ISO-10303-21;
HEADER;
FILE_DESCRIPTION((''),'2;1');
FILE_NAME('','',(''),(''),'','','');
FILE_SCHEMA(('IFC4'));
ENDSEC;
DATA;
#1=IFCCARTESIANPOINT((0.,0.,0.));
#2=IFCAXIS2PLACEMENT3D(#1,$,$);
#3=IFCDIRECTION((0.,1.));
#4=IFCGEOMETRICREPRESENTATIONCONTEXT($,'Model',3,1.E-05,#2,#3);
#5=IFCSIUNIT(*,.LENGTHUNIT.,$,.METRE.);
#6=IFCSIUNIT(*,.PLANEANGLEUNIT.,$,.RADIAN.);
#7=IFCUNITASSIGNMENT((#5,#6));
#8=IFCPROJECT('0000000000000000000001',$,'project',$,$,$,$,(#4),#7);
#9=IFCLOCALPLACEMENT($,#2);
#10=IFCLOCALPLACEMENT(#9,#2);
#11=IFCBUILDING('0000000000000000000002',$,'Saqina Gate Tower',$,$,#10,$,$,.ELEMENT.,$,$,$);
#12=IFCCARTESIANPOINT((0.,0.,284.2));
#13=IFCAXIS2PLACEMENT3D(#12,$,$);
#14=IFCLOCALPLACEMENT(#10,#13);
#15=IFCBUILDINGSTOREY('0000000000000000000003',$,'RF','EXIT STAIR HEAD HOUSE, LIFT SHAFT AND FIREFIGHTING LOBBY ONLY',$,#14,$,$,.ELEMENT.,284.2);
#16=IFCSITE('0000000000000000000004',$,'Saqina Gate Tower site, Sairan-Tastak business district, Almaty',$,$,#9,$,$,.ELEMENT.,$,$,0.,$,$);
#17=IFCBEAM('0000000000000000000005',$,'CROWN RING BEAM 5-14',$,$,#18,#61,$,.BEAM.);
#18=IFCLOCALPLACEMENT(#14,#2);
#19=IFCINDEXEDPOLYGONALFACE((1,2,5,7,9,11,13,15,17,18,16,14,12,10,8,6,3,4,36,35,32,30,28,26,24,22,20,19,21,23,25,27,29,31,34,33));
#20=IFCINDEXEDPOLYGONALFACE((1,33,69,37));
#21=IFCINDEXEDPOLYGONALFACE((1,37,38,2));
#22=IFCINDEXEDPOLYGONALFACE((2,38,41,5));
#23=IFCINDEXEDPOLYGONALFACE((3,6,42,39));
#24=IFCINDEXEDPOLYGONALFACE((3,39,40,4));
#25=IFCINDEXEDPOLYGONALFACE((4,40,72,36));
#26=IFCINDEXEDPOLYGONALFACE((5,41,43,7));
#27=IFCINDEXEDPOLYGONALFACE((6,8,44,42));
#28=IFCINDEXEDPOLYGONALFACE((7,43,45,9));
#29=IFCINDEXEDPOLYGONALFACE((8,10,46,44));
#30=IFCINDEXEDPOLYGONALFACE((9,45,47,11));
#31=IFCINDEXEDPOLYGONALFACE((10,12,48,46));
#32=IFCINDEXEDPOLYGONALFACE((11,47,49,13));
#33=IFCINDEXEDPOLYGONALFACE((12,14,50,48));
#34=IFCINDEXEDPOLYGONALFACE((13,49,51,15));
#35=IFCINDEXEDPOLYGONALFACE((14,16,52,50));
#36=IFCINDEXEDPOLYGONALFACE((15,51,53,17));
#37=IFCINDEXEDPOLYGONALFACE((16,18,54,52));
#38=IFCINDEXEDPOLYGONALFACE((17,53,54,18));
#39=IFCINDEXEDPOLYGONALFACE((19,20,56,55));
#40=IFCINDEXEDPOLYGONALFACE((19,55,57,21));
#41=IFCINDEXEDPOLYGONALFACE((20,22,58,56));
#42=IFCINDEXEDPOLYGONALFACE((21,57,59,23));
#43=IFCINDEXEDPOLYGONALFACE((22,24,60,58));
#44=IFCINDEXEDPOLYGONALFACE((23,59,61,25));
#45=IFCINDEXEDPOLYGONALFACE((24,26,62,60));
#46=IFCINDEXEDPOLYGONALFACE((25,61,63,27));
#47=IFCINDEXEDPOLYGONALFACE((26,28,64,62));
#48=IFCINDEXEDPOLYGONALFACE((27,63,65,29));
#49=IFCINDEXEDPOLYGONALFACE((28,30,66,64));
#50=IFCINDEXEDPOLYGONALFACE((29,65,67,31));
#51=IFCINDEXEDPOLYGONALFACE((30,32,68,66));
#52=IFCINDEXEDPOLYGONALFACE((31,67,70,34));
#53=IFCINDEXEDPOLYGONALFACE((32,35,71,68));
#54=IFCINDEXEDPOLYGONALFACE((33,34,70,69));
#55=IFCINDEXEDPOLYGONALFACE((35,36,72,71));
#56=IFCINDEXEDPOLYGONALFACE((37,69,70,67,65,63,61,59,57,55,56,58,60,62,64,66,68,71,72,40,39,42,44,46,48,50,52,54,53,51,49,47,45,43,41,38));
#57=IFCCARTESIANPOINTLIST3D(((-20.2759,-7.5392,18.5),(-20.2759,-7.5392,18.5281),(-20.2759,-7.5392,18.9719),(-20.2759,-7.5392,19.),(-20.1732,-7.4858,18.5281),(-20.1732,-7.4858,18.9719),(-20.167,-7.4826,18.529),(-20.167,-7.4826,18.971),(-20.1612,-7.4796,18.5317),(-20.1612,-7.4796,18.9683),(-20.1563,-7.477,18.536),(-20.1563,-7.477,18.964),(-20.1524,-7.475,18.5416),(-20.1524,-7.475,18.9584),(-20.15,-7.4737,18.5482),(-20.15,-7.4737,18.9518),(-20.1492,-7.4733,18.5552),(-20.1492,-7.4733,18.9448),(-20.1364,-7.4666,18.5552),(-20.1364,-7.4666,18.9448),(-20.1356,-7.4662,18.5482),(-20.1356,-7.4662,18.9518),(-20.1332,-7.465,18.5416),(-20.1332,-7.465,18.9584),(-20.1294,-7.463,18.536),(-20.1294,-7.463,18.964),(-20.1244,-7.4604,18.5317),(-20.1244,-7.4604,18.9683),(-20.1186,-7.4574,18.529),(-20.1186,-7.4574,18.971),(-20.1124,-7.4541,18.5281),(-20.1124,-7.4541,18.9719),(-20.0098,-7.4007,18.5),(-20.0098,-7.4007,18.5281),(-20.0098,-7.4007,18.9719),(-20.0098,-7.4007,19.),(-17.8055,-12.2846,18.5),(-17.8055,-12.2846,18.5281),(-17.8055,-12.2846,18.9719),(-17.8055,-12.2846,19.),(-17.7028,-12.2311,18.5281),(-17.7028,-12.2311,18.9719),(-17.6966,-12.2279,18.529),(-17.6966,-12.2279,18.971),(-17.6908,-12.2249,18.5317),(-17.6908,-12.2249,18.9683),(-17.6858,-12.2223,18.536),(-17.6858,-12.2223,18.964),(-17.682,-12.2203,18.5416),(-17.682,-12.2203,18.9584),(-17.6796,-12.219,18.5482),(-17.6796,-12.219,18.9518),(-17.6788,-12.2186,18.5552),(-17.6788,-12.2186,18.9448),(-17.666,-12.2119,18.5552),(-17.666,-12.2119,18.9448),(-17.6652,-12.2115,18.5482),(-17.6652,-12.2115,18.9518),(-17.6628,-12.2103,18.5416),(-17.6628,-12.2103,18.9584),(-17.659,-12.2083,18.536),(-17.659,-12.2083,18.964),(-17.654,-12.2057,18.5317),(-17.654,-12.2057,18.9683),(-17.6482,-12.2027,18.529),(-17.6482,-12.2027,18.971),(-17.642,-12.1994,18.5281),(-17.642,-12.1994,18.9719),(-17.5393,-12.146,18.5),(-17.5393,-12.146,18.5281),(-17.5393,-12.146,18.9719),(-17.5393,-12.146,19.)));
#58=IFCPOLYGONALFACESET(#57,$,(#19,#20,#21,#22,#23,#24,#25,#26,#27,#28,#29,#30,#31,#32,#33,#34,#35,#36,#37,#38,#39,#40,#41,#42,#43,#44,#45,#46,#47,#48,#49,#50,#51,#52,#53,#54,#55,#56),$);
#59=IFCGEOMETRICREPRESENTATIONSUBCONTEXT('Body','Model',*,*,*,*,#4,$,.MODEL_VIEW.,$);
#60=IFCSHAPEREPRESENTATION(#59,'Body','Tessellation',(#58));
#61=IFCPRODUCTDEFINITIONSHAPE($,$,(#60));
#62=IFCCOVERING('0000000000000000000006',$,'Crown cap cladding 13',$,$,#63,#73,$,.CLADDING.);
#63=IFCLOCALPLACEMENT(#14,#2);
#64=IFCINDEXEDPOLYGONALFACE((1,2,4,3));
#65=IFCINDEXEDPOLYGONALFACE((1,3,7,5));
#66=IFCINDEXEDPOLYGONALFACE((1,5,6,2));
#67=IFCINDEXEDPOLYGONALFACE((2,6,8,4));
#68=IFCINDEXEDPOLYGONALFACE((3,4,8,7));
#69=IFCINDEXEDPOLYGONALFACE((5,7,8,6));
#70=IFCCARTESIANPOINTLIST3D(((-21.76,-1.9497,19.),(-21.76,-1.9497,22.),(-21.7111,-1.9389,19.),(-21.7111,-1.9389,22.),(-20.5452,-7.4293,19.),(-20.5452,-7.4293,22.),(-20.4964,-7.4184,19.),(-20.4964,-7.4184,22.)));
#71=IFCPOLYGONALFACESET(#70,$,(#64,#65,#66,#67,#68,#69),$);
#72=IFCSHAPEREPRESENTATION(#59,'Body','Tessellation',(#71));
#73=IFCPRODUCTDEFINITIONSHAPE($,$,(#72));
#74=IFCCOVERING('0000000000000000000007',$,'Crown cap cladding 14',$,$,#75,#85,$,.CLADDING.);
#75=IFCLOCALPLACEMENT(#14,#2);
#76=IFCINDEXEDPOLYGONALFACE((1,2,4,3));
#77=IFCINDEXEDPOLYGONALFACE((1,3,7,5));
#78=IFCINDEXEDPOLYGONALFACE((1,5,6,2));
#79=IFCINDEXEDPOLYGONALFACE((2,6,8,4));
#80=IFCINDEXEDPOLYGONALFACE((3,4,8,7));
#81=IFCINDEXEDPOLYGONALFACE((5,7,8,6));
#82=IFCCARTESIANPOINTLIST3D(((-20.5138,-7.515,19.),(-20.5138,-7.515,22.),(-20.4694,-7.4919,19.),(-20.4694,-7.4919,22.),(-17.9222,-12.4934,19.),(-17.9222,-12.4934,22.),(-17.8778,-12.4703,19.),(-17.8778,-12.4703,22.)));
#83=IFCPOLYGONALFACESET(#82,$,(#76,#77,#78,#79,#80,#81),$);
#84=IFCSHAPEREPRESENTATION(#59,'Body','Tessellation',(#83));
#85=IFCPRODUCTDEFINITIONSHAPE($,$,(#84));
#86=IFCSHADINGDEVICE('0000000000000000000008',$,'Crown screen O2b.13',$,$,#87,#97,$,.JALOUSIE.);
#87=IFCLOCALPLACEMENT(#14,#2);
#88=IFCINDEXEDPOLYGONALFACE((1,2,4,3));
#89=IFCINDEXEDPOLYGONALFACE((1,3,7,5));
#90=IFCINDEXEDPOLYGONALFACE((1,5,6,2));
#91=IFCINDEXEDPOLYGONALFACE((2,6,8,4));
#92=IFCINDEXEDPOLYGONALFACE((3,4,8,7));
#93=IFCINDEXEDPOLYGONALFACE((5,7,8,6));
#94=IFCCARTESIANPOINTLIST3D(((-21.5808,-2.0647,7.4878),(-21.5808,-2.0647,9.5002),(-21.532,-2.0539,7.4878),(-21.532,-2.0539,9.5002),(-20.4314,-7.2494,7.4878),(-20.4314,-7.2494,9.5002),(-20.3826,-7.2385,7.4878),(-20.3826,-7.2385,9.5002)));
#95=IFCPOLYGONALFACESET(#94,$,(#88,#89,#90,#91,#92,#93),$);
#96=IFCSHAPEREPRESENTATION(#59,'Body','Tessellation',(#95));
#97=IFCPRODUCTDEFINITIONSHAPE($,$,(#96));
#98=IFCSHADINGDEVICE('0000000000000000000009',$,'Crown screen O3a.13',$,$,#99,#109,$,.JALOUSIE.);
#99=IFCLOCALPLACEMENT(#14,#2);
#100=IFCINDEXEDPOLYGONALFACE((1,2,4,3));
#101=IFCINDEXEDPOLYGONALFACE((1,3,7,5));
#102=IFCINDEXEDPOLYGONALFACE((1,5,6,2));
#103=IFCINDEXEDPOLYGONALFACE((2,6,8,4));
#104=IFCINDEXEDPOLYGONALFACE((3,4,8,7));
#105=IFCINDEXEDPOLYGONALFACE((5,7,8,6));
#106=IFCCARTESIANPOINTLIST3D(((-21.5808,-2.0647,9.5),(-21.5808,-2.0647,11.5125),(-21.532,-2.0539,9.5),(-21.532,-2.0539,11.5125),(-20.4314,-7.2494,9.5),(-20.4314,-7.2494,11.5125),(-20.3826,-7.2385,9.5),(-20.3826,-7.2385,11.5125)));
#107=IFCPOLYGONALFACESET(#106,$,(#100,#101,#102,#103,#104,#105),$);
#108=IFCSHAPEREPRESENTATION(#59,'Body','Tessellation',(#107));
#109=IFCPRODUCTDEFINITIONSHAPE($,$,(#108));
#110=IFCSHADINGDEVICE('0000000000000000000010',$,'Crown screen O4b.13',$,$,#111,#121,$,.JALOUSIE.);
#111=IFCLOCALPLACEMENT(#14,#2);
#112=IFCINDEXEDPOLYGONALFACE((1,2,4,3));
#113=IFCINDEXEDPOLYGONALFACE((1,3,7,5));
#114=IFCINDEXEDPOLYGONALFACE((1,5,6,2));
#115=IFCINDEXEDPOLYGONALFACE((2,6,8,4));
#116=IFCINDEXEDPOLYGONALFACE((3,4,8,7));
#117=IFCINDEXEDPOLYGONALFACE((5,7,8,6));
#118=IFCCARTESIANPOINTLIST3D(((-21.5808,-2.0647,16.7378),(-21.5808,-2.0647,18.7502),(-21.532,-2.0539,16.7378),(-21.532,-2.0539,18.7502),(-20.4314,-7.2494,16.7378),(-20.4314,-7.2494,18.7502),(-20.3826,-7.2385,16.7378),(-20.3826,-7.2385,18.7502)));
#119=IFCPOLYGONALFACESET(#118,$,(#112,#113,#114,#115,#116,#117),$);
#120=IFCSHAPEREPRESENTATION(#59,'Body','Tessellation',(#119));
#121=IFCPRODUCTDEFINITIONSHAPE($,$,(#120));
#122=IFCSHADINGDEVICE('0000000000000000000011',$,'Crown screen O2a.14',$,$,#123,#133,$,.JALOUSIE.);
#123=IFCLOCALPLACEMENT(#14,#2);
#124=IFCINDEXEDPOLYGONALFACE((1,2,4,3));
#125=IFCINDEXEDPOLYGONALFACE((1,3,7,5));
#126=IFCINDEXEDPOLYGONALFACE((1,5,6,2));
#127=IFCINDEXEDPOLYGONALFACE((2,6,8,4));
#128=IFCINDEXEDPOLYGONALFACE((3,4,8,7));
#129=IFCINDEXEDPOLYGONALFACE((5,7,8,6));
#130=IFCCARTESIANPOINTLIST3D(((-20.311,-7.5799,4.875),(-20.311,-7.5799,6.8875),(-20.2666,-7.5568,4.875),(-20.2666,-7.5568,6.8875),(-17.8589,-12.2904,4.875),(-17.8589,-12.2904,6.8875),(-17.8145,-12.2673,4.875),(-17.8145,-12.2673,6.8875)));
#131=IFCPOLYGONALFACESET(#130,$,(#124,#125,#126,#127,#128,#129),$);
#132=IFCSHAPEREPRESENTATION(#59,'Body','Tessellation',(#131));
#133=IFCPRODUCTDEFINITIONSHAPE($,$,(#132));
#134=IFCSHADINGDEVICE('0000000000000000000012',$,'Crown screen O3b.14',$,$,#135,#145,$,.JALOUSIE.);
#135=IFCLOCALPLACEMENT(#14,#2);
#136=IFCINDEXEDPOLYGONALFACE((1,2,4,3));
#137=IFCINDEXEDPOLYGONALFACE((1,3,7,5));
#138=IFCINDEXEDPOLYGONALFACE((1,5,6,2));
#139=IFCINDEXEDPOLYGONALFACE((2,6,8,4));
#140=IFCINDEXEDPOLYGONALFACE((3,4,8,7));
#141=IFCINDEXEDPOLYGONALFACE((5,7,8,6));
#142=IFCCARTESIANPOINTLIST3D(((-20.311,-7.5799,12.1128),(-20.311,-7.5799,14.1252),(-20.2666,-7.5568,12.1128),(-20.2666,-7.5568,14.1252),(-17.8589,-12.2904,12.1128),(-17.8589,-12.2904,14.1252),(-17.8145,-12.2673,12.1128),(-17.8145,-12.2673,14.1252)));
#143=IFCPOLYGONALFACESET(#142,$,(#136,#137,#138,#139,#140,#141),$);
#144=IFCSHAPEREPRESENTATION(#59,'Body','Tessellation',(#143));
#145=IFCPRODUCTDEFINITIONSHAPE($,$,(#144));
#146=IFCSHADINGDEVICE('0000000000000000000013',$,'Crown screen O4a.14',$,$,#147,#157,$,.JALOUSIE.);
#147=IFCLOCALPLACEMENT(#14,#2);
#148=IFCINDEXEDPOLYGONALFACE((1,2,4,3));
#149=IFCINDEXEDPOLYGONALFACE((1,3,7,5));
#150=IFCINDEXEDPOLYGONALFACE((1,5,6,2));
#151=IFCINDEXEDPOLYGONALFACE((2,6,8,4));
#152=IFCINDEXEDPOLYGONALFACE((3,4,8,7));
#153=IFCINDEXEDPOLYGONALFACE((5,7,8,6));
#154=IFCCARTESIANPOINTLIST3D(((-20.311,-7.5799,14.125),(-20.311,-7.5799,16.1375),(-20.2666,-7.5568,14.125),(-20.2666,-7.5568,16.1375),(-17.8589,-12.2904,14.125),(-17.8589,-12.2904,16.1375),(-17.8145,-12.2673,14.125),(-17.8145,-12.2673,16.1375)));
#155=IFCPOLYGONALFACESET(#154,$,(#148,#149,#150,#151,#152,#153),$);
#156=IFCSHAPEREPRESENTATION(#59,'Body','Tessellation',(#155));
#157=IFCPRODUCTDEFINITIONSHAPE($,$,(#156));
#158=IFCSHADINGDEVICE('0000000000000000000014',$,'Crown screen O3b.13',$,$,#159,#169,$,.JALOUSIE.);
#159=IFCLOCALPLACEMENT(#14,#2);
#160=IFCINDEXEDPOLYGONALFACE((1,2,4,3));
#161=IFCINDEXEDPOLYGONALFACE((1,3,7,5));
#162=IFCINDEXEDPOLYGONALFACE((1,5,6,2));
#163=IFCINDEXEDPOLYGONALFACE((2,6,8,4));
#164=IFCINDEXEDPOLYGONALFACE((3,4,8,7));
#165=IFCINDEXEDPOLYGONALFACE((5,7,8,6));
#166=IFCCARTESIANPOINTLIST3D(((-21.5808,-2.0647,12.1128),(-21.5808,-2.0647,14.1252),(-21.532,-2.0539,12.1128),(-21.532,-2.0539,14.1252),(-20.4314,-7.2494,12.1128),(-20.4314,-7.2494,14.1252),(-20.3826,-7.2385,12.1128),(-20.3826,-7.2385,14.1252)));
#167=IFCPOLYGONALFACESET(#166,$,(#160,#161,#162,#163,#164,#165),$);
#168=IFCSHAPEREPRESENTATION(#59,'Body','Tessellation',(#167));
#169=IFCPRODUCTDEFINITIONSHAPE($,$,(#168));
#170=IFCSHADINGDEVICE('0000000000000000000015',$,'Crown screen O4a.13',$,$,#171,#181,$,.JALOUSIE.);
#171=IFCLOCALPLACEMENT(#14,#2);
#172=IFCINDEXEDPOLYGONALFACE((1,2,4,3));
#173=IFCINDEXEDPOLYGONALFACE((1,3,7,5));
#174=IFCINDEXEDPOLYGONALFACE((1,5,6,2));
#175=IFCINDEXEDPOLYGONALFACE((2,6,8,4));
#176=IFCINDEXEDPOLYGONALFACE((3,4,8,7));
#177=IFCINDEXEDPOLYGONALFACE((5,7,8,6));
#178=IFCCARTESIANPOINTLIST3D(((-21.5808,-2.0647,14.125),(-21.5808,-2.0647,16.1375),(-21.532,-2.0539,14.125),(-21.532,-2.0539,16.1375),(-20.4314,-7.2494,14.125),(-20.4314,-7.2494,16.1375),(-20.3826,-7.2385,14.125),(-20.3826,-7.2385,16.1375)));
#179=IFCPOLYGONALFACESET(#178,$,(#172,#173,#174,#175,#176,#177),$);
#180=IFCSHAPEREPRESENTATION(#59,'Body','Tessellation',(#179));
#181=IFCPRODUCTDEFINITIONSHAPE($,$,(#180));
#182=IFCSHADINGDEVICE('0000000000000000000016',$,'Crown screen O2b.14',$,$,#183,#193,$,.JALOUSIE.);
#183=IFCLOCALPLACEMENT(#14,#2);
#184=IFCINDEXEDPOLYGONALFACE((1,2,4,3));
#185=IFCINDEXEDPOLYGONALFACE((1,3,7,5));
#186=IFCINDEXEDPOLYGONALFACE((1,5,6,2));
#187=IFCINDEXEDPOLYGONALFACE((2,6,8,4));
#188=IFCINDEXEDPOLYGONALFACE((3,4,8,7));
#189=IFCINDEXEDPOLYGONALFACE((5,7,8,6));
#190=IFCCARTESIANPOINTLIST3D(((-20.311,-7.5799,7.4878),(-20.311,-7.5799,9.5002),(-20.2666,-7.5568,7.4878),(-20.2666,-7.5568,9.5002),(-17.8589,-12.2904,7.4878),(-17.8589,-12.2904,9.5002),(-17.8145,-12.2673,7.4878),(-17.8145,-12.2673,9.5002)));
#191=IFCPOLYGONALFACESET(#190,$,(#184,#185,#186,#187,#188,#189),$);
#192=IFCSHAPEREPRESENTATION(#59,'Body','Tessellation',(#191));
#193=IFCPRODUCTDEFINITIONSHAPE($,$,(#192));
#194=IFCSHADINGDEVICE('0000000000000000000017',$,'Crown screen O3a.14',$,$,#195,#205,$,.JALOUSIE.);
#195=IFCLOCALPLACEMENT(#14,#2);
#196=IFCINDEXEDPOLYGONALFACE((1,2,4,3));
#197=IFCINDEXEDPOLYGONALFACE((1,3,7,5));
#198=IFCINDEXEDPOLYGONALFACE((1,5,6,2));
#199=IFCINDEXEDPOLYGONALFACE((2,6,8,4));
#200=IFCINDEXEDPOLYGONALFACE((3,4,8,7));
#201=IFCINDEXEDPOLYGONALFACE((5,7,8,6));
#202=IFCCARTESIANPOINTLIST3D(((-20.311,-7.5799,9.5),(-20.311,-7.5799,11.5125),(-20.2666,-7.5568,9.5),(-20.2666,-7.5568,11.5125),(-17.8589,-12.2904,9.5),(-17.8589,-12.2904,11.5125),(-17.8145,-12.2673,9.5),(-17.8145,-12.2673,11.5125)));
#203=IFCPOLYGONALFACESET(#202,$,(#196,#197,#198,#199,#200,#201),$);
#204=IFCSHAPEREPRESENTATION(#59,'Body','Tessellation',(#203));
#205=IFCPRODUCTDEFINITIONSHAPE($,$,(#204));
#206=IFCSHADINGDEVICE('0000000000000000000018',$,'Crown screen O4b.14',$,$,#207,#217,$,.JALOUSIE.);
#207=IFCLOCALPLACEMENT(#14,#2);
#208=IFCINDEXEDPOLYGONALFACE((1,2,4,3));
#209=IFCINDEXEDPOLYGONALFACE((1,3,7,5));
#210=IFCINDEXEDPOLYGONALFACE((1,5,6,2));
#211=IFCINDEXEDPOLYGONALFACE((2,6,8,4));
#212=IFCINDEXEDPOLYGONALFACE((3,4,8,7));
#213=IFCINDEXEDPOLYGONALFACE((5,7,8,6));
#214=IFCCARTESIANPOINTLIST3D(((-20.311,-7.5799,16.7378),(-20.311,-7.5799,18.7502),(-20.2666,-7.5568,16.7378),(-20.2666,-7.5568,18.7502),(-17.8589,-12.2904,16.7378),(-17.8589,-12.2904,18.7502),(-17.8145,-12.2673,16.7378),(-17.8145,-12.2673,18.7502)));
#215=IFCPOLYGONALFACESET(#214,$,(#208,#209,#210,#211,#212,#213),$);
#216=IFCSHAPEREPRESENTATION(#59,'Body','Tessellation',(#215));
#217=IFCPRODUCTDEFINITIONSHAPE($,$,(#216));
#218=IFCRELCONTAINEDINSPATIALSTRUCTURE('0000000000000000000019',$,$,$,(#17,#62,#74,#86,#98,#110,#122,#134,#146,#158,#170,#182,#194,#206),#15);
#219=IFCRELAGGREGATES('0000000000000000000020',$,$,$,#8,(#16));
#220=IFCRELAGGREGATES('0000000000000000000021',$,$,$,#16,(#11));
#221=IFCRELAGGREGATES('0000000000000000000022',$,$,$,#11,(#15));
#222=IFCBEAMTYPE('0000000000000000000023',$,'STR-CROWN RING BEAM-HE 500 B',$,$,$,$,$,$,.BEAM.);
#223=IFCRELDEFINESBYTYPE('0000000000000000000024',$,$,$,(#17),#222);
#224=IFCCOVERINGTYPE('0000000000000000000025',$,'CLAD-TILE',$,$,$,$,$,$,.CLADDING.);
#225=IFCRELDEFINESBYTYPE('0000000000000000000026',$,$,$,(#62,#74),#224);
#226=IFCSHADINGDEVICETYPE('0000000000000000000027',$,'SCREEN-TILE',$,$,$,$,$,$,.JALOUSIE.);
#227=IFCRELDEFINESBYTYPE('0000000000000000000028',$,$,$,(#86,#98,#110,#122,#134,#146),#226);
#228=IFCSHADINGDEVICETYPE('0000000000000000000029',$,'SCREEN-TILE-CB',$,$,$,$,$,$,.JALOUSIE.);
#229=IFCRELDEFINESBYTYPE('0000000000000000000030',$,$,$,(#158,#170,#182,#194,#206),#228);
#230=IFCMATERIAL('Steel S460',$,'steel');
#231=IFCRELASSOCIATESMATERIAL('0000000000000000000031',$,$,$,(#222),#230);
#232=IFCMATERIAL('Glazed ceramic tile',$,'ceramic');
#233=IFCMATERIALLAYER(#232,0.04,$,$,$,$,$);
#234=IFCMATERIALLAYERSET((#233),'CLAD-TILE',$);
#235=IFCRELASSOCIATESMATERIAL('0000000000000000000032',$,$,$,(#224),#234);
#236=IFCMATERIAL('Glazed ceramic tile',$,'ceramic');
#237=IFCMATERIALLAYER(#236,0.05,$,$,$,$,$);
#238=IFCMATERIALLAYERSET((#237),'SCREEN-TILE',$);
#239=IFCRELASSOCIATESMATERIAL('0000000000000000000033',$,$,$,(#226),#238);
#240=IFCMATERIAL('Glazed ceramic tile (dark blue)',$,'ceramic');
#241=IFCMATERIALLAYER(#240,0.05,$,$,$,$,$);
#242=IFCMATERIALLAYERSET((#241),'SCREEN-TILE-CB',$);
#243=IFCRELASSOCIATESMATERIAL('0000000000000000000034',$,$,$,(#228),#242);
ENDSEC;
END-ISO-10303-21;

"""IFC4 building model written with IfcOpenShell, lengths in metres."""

from ifc_helpers import new_model, si_unit, direction, frame, origin, origin_2d, place, context, subcontext, project, spatial, rectangle, i_section, extrude, material, layer, layer_set, material_profile, profile_set, type_object, element, save


model = new_model("IFC4")

# Units and contexts
model_context = context("Model", 3, precision=1e-05, world=origin(), true_north=direction((0.0, 1.0)))
body_context = subcontext(model_context, "Body", "Model", "MODEL_VIEW")
ifc_project = project(units=[si_unit("LENGTHUNIT", "METRE"), si_unit("PLANEANGLEUNIT", "RADIAN")], contexts=[model_context])

# Site, building, storey
site_placement = place(None, origin())
site = spatial("IfcSite", under=ifc_project, at=site_placement, Name="Saqina Gate Tower site, Sairan-Tastak business district, Almaty", CompositionType="ELEMENT", RefElevation=0.0)
building_placement = place(site_placement, origin())
building = spatial("IfcBuilding", under=site, at=building_placement, Name="Saqina Gate Tower", CompositionType="ELEMENT")
storey_placement = place(building_placement, frame((0.0, 0.0, 284.2)))
storey = spatial("IfcBuildingStorey", under=building, at=storey_placement, Name="RF", Description="EXIT STAIR HEAD HOUSE, LIFT SHAFT AND FIREFIGHTING LOBBY ONLY", CompositionType="ELEMENT", Elevation=284.2)

# Beam
ifc_material_1 = material(Name="Steel S460", Category="steel")
ifc_material_profile_1 = material_profile(ifc_material_1, i_section(OverallWidth=0.3, OverallDepth=0.5, WebThickness=0.0144, FlangeThickness=0.0281, FilletRadius=0.0271, at=origin_2d()), Name="HE 500 B")
ifc_profile_set_1 = profile_set([ifc_material_profile_1], Name="Steel S460")
beam_type_1 = type_object("IfcBeamType", Name="STR-CROWN RING BEAM-HE 500 B", PredefinedType="BEAM", material=ifc_profile_set_1)
beam_1_placement = place(storey_placement, frame((-20.1428, -7.47, 18.75), z_axis=(0.461775, -0.886997, 0.0), x_axis=(0.886997, 0.461775, 0.0)))
element("IfcBeam", 1, at=beam_1_placement, inside=storey, type_object=beam_type_1, Name="CROWN RING BEAM 5-14", PredefinedType="BEAM", context=body_context, shape_type="SweptSolid", body=[
    extrude(i_section(OverallWidth=0.3, OverallDepth=0.5, WebThickness=0.0144, FlangeThickness=0.0281, FilletRadius=0.0271, at=origin_2d()), origin(), (0.0, 0.0, 1.0), 5.3499),
])

# Coverings
ifc_material_2 = material(Name="Glazed ceramic tile", Category="ceramic")
ifc_layer_1 = layer(ifc_material_2, 0.04)
ifc_layer_set_1 = layer_set([ifc_layer_1], Name="CLAD-TILE")
covering_type = type_object("IfcCoveringType", Name="CLAD-TILE", PredefinedType="CLADDING", material=ifc_layer_set_1)
for number, where, z_axis, x_axis, name in (
    (2, (-21.1282, -4.6841, 19.0), (0.0, 0.0, 1.0), (0.21644, -0.976296, 0.0), "Crown cap cladding 13"),
    (3, (-19.1958, -9.9927, 19.0), (0.0, 0.0, 1.0), (0.461749, -0.887011, 0.0), "Crown cap cladding 14"),
):
    element("IfcCovering", number, at=place(storey_placement, frame(where, z_axis=z_axis, x_axis=x_axis)), inside=storey, type_object=covering_type, Name=name, PredefinedType="CLADDING", context=body_context, shape_type="SweptSolid", body=[
        extrude(rectangle(XDim=5.6125, YDim=0.05, at=origin_2d()), origin(), (0.0, 0.0, 1.0), 3.0),
    ])

# Shading devices
ifc_material_3 = material(Name="Glazed ceramic tile", Category="ceramic")
ifc_layer_2 = layer(ifc_material_3, 0.05)
ifc_layer_set_2 = layer_set([ifc_layer_2], Name="SCREEN-TILE")
shading_device_type_1 = type_object("IfcShadingDeviceType", Name="SCREEN-TILE", PredefinedType="JALOUSIE", material=ifc_layer_set_2)
for number, where, z_axis, x_axis, name in (
    (4, (-20.9817, -4.6516, 7.4878), (0.0, 0.0, 1.0), (0.21644, -0.976296, 0.0), "Crown screen O2b.13"),
    (5, (-20.9817, -4.6516, 9.5), (0.0, 0.0, 1.0), (0.21644, -0.976296, 0.0), "Crown screen O3a.13"),
    (6, (-20.9817, -4.6516, 16.7378), (0.0, 0.0, 1.0), (0.21644, -0.976296, 0.0), "Crown screen O4b.13"),
    (7, (-19.0627, -9.9236, 4.875), (0.0, 0.0, 1.0), (0.461749, -0.887011, 0.0), "Crown screen O2a.14"),
    (8, (-19.0627, -9.9236, 12.1128), (0.0, 0.0, 1.0), (0.461749, -0.887011, 0.0), "Crown screen O3b.14"),
    (9, (-19.0627, -9.9236, 14.125), (0.0, 0.0, 1.0), (0.461749, -0.887011, 0.0), "Crown screen O4a.14"),
):
    element("IfcShadingDevice", number, at=place(storey_placement, frame(where, z_axis=z_axis, x_axis=x_axis)), inside=storey, type_object=shading_device_type_1, Name=name, PredefinedType="JALOUSIE", context=body_context, shape_type="SweptSolid", body=[
        extrude(rectangle(XDim=5.3105, YDim=0.05, at=origin_2d()), origin(), (0.0, 0.0, 1.0), 2.0125),
    ])
ifc_material_4 = material(Name="Glazed ceramic tile (dark blue)", Category="ceramic")
ifc_layer_3 = layer(ifc_material_4, 0.05)
ifc_layer_set_3 = layer_set([ifc_layer_3], Name="SCREEN-TILE-CB")
shading_device_type_2 = type_object("IfcShadingDeviceType", Name="SCREEN-TILE-CB", PredefinedType="JALOUSIE", material=ifc_layer_set_3)
for number, where, z_axis, x_axis, name in (
    (10, (-20.9817, -4.6516, 12.1128), (0.0, 0.0, 1.0), (0.21644, -0.976296, 0.0), "Crown screen O3b.13"),
    (11, (-20.9817, -4.6516, 14.125), (0.0, 0.0, 1.0), (0.21644, -0.976296, 0.0), "Crown screen O4a.13"),
    (12, (-19.0627, -9.9236, 7.4878), (0.0, 0.0, 1.0), (0.461749, -0.887011, 0.0), "Crown screen O2b.14"),
    (13, (-19.0627, -9.9236, 9.5), (0.0, 0.0, 1.0), (0.461749, -0.887011, 0.0), "Crown screen O3a.14"),
    (14, (-19.0627, -9.9236, 16.7378), (0.0, 0.0, 1.0), (0.461749, -0.887011, 0.0), "Crown screen O4b.14"),
):
    element("IfcShadingDevice", number, at=place(storey_placement, frame(where, z_axis=z_axis, x_axis=x_axis)), inside=storey, type_object=shading_device_type_2, Name=name, PredefinedType="JALOUSIE", context=body_context, shape_type="SweptSolid", body=[
        extrude(rectangle(XDim=5.3105, YDim=0.05, at=origin_2d()), origin(), (0.0, 0.0, 1.0), 2.0125),
    ])

save(model, "model.ifc")
